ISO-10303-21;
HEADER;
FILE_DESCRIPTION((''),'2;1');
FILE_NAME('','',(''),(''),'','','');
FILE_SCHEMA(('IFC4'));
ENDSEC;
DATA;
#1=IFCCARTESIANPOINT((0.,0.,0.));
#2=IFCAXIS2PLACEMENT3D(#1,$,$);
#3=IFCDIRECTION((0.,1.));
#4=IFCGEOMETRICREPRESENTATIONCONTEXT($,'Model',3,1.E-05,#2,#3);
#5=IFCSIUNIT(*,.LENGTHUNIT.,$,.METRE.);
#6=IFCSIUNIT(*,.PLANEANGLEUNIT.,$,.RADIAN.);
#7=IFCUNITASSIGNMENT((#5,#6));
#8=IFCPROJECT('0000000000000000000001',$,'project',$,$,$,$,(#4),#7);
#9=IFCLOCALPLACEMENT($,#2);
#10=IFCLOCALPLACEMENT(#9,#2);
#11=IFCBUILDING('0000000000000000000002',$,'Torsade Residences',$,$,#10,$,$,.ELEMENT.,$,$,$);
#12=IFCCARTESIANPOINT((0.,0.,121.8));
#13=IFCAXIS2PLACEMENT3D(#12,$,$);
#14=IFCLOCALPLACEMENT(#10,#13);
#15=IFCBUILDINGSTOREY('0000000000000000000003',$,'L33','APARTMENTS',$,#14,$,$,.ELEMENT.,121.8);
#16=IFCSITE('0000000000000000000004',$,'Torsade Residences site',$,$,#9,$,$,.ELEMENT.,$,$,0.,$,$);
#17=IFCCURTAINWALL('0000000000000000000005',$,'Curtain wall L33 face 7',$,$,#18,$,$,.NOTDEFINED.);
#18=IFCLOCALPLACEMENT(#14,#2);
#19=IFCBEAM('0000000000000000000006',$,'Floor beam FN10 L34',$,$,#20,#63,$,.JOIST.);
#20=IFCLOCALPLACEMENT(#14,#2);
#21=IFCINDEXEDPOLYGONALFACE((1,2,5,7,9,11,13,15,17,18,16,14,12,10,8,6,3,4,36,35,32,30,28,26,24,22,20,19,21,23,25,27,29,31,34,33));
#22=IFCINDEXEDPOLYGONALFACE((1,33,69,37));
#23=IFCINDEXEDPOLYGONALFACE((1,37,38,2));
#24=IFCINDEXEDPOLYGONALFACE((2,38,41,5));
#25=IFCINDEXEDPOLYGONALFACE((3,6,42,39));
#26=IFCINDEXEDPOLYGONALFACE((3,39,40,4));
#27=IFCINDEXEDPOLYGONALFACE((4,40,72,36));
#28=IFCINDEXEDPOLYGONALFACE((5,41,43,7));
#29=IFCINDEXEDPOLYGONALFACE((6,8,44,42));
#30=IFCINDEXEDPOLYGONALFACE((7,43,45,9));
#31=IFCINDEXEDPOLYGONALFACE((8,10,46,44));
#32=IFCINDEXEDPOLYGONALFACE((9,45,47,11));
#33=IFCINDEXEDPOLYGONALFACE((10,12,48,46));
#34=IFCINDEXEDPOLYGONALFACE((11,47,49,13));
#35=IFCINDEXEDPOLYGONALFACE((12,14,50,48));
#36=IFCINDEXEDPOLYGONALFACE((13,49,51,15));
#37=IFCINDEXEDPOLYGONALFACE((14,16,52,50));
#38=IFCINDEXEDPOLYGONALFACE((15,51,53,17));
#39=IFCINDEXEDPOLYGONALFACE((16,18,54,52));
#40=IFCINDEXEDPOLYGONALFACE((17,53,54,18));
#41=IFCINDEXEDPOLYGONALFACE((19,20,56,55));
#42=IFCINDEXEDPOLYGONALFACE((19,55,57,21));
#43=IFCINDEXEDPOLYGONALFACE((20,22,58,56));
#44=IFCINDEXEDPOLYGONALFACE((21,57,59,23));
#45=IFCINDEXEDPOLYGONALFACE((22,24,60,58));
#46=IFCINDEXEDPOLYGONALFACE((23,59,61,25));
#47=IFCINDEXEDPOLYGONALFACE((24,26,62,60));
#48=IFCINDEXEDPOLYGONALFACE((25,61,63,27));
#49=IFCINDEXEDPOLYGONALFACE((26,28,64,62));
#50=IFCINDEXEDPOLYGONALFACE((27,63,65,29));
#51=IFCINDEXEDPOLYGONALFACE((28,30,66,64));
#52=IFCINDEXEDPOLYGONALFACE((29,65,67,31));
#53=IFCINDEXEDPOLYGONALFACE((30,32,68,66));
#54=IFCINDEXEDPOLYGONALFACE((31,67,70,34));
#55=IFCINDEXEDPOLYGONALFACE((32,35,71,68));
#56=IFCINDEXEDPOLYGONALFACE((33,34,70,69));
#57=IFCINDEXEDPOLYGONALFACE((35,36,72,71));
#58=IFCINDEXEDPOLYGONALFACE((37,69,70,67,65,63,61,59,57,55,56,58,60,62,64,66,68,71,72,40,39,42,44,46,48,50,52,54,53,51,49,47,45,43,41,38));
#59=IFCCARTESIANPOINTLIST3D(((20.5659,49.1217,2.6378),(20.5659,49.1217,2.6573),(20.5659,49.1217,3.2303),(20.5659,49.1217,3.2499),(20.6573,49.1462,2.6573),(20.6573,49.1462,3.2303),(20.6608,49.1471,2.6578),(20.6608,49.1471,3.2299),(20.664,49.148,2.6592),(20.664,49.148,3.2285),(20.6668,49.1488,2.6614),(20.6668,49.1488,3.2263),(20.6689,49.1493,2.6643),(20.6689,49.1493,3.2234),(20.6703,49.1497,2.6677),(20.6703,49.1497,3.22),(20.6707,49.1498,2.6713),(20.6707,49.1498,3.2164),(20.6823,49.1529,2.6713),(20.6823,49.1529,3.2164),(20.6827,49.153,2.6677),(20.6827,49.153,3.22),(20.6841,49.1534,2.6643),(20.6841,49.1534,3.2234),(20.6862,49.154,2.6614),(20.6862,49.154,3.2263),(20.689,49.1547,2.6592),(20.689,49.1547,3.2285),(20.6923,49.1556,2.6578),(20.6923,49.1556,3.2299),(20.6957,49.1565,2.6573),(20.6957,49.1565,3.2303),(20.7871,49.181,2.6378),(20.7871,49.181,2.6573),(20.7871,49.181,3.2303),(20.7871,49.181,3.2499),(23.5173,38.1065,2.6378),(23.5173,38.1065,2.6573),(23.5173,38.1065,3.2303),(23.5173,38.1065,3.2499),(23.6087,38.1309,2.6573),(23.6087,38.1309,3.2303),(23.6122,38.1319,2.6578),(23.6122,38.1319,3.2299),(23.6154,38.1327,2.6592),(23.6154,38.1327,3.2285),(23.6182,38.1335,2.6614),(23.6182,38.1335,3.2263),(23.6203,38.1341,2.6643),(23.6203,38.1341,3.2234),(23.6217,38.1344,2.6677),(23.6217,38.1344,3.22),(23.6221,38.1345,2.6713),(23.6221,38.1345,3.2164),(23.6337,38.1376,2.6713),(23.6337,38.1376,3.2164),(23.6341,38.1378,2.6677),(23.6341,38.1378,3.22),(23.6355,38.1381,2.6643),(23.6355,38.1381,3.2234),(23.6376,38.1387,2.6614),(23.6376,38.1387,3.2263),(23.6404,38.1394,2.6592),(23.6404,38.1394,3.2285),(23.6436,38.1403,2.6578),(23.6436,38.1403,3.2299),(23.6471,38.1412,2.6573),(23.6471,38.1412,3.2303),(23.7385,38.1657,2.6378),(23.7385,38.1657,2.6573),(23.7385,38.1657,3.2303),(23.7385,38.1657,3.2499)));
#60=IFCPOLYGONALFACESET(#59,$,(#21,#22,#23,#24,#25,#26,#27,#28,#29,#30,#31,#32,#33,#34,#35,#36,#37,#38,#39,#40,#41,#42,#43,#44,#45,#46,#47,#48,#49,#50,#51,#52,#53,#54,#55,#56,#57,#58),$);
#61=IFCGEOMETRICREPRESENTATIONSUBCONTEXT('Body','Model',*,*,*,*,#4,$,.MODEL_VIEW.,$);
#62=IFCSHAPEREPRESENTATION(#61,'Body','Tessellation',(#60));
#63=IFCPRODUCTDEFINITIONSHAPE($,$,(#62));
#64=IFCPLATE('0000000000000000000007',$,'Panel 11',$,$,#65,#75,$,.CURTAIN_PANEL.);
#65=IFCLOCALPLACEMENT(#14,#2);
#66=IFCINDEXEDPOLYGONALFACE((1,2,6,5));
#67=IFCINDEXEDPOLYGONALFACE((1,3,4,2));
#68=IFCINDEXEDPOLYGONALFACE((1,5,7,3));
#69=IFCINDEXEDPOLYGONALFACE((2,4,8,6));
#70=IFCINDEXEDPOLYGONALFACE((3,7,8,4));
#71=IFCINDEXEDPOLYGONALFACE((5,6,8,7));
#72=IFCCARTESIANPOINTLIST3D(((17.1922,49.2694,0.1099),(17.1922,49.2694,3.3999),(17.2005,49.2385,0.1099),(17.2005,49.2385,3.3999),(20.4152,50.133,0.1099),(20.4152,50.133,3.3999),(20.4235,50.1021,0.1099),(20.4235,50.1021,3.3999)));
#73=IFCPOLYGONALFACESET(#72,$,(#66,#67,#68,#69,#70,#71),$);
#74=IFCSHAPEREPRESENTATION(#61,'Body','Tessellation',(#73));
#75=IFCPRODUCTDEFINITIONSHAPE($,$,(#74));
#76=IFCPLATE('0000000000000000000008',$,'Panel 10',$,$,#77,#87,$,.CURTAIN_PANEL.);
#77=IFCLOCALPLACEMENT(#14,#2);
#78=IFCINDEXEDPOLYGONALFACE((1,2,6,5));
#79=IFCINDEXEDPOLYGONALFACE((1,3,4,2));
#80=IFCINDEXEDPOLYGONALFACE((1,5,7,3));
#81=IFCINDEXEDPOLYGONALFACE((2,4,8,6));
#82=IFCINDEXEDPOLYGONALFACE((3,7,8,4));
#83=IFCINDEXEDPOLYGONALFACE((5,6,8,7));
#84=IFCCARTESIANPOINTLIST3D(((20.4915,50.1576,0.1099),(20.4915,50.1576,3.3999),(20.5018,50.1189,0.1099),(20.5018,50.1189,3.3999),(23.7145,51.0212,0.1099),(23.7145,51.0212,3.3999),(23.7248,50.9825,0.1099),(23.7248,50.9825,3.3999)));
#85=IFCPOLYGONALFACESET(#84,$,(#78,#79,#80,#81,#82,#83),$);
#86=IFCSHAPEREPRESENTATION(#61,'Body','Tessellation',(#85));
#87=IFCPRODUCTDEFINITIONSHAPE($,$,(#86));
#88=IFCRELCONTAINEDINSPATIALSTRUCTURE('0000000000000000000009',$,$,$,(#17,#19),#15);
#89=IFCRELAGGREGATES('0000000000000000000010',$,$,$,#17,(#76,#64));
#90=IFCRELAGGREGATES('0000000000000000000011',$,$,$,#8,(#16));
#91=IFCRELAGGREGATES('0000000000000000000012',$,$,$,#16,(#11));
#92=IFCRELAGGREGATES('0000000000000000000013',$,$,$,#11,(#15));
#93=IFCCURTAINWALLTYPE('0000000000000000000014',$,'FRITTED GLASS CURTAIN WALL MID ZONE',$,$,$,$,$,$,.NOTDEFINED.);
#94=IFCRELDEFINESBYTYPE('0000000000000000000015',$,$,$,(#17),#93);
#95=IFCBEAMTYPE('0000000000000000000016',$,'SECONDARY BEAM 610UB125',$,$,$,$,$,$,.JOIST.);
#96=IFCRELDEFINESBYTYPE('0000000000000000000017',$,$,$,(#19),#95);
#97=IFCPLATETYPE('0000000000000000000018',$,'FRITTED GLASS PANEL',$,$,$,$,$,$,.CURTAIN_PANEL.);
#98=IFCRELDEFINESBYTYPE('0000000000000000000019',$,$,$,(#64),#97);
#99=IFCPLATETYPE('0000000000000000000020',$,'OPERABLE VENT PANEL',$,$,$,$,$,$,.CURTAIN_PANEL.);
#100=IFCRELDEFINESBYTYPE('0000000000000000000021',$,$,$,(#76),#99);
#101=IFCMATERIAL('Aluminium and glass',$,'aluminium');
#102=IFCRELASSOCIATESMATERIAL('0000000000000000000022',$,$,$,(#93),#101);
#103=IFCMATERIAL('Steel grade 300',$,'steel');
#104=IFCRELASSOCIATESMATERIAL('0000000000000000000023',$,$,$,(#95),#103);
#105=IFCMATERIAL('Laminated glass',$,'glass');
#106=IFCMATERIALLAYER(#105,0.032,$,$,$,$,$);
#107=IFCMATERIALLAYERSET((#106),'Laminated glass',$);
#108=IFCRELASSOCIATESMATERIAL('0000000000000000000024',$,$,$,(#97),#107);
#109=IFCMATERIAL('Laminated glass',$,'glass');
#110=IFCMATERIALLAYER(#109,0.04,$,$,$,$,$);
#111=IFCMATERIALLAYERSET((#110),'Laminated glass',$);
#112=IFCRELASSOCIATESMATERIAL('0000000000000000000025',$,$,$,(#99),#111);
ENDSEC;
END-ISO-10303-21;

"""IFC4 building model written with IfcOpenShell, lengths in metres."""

from ifc_helpers import new_model, si_unit, direction, frame, origin, origin_2d, place, context, subcontext, project, spatial, rectangle, i_section, extrude, material, layer, layer_set, material_profile, profile_set, type_object, element, aggregate, save


model = new_model("IFC4")

# Units and contexts
model_context = context("Model", 3, precision=1e-05, world=origin(), true_north=direction((0.0, 1.0)))
body_context = subcontext(model_context, "Body", "Model", "MODEL_VIEW")
ifc_project = project(units=[si_unit("LENGTHUNIT", "METRE"), si_unit("PLANEANGLEUNIT", "RADIAN")], contexts=[model_context])

# Site, building, storey
site_placement = place(None, origin())
site = spatial("IfcSite", under=ifc_project, at=site_placement, Name="Torsade Residences site", CompositionType="ELEMENT", RefElevation=0.0)
building_placement = place(site_placement, origin())
building = spatial("IfcBuilding", under=site, at=building_placement, Name="Torsade Residences", CompositionType="ELEMENT")
storey_placement = place(building_placement, frame((0.0, 0.0, 121.8)))
storey = spatial("IfcBuildingStorey", under=building, at=storey_placement, Name="L33", Description="APARTMENTS", CompositionType="ELEMENT", Elevation=121.8)

# Curtain wall
ifc_material_1 = material(Name="Aluminium and glass", Category="aluminium")
curtain_wall_type = type_object("IfcCurtainWallType", Name="FRITTED GLASS CURTAIN WALL MID ZONE", PredefinedType="NOTDEFINED", material=ifc_material_1)
curtain_wall_placement = place(storey_placement, origin())
curtain_wall = element("IfcCurtainWall", 1, at=curtain_wall_placement, inside=storey, type_object=curtain_wall_type, Name="Curtain wall L33 face 7", PredefinedType="NOTDEFINED")

# Beam
ifc_material_2 = material(Name="Steel grade 300", Category="steel")
ifc_material_profile_1 = material_profile(ifc_material_2, i_section(OverallWidth=0.229, OverallDepth=0.6121, WebThickness=0.012, FlangeThickness=0.0195, FilletRadius=0.0139, at=origin_2d()), Name="610UB125")
ifc_profile_set_1 = profile_set([ifc_material_profile_1], Name="Steel grade 300")
beam_type_1 = type_object("IfcBeamType", Name="SECONDARY BEAM 610UB125", PredefinedType="JOIST", material=ifc_profile_set_1)
beam_1_placement = place(storey_placement, frame((20.6765, 49.1514, 2.9438), z_axis=(0.258807, -0.965929, 0.0), x_axis=(0.965929, 0.258807, 0.0)))
element("IfcBeam", 2, at=beam_1_placement, inside=storey, type_object=beam_type_1, Name="Floor beam FN10 L34", PredefinedType="JOIST", context=body_context, shape_type="SweptSolid", body=[
    extrude(i_section(OverallWidth=0.229, OverallDepth=0.6121, WebThickness=0.012, FlangeThickness=0.0195, FilletRadius=0.0139, at=origin_2d()), origin(), (0.0, 0.0, 1.0), 11.4038),
])

# Plates
ifc_material_3 = material(Name="Laminated glass", Category="glass")
ifc_layer_1 = layer(ifc_material_3, 0.032)
ifc_layer_set_1 = layer_set([ifc_layer_1], Name="Laminated glass")
plate_type_1 = type_object("IfcPlateType", Name="FRITTED GLASS PANEL", PredefinedType="CURTAIN_PANEL", material=ifc_layer_set_1)
plate_1_placement = place(storey_placement, frame((18.8079, 49.6858, 0.1099), z_axis=(0.0, 0.0, 1.0), x_axis=(-0.965926, -0.258819, 0.0)))
plate_1 = element("IfcPlate", 3, at=plate_1_placement, type_object=plate_type_1, Name="Panel 11", PredefinedType="CURTAIN_PANEL", context=body_context, shape_type="SweptSolid", body=[
    extrude(rectangle(XDim=3.3367, YDim=0.032, at=origin_2d()), origin(), (0.0, 0.0, 1.0), 3.29),
])
ifc_material_4 = material(Name="Laminated glass", Category="glass")
ifc_layer_2 = layer(ifc_material_4, 0.04)
ifc_layer_set_2 = layer_set([ifc_layer_2], Name="Laminated glass")
plate_type_2 = type_object("IfcPlateType", Name="OPERABLE VENT PANEL", PredefinedType="CURTAIN_PANEL", material=ifc_layer_set_2)
plate_2_placement = place(storey_placement, frame((22.1082, 50.5701, 0.1099), z_axis=(0.0, 0.0, 1.0), x_axis=(-0.965926, -0.258819, 0.0)))
plate_2 = element("IfcPlate", 4, at=plate_2_placement, type_object=plate_type_2, Name="Panel 10", PredefinedType="CURTAIN_PANEL", context=body_context, shape_type="SweptSolid", body=[
    extrude(rectangle(XDim=3.3367, YDim=0.04, at=origin_2d()), origin(), (0.0, 0.0, 1.0), 3.29),
])
aggregate(curtain_wall, [plate_2, plate_1])

save(model, "model.ifc")
